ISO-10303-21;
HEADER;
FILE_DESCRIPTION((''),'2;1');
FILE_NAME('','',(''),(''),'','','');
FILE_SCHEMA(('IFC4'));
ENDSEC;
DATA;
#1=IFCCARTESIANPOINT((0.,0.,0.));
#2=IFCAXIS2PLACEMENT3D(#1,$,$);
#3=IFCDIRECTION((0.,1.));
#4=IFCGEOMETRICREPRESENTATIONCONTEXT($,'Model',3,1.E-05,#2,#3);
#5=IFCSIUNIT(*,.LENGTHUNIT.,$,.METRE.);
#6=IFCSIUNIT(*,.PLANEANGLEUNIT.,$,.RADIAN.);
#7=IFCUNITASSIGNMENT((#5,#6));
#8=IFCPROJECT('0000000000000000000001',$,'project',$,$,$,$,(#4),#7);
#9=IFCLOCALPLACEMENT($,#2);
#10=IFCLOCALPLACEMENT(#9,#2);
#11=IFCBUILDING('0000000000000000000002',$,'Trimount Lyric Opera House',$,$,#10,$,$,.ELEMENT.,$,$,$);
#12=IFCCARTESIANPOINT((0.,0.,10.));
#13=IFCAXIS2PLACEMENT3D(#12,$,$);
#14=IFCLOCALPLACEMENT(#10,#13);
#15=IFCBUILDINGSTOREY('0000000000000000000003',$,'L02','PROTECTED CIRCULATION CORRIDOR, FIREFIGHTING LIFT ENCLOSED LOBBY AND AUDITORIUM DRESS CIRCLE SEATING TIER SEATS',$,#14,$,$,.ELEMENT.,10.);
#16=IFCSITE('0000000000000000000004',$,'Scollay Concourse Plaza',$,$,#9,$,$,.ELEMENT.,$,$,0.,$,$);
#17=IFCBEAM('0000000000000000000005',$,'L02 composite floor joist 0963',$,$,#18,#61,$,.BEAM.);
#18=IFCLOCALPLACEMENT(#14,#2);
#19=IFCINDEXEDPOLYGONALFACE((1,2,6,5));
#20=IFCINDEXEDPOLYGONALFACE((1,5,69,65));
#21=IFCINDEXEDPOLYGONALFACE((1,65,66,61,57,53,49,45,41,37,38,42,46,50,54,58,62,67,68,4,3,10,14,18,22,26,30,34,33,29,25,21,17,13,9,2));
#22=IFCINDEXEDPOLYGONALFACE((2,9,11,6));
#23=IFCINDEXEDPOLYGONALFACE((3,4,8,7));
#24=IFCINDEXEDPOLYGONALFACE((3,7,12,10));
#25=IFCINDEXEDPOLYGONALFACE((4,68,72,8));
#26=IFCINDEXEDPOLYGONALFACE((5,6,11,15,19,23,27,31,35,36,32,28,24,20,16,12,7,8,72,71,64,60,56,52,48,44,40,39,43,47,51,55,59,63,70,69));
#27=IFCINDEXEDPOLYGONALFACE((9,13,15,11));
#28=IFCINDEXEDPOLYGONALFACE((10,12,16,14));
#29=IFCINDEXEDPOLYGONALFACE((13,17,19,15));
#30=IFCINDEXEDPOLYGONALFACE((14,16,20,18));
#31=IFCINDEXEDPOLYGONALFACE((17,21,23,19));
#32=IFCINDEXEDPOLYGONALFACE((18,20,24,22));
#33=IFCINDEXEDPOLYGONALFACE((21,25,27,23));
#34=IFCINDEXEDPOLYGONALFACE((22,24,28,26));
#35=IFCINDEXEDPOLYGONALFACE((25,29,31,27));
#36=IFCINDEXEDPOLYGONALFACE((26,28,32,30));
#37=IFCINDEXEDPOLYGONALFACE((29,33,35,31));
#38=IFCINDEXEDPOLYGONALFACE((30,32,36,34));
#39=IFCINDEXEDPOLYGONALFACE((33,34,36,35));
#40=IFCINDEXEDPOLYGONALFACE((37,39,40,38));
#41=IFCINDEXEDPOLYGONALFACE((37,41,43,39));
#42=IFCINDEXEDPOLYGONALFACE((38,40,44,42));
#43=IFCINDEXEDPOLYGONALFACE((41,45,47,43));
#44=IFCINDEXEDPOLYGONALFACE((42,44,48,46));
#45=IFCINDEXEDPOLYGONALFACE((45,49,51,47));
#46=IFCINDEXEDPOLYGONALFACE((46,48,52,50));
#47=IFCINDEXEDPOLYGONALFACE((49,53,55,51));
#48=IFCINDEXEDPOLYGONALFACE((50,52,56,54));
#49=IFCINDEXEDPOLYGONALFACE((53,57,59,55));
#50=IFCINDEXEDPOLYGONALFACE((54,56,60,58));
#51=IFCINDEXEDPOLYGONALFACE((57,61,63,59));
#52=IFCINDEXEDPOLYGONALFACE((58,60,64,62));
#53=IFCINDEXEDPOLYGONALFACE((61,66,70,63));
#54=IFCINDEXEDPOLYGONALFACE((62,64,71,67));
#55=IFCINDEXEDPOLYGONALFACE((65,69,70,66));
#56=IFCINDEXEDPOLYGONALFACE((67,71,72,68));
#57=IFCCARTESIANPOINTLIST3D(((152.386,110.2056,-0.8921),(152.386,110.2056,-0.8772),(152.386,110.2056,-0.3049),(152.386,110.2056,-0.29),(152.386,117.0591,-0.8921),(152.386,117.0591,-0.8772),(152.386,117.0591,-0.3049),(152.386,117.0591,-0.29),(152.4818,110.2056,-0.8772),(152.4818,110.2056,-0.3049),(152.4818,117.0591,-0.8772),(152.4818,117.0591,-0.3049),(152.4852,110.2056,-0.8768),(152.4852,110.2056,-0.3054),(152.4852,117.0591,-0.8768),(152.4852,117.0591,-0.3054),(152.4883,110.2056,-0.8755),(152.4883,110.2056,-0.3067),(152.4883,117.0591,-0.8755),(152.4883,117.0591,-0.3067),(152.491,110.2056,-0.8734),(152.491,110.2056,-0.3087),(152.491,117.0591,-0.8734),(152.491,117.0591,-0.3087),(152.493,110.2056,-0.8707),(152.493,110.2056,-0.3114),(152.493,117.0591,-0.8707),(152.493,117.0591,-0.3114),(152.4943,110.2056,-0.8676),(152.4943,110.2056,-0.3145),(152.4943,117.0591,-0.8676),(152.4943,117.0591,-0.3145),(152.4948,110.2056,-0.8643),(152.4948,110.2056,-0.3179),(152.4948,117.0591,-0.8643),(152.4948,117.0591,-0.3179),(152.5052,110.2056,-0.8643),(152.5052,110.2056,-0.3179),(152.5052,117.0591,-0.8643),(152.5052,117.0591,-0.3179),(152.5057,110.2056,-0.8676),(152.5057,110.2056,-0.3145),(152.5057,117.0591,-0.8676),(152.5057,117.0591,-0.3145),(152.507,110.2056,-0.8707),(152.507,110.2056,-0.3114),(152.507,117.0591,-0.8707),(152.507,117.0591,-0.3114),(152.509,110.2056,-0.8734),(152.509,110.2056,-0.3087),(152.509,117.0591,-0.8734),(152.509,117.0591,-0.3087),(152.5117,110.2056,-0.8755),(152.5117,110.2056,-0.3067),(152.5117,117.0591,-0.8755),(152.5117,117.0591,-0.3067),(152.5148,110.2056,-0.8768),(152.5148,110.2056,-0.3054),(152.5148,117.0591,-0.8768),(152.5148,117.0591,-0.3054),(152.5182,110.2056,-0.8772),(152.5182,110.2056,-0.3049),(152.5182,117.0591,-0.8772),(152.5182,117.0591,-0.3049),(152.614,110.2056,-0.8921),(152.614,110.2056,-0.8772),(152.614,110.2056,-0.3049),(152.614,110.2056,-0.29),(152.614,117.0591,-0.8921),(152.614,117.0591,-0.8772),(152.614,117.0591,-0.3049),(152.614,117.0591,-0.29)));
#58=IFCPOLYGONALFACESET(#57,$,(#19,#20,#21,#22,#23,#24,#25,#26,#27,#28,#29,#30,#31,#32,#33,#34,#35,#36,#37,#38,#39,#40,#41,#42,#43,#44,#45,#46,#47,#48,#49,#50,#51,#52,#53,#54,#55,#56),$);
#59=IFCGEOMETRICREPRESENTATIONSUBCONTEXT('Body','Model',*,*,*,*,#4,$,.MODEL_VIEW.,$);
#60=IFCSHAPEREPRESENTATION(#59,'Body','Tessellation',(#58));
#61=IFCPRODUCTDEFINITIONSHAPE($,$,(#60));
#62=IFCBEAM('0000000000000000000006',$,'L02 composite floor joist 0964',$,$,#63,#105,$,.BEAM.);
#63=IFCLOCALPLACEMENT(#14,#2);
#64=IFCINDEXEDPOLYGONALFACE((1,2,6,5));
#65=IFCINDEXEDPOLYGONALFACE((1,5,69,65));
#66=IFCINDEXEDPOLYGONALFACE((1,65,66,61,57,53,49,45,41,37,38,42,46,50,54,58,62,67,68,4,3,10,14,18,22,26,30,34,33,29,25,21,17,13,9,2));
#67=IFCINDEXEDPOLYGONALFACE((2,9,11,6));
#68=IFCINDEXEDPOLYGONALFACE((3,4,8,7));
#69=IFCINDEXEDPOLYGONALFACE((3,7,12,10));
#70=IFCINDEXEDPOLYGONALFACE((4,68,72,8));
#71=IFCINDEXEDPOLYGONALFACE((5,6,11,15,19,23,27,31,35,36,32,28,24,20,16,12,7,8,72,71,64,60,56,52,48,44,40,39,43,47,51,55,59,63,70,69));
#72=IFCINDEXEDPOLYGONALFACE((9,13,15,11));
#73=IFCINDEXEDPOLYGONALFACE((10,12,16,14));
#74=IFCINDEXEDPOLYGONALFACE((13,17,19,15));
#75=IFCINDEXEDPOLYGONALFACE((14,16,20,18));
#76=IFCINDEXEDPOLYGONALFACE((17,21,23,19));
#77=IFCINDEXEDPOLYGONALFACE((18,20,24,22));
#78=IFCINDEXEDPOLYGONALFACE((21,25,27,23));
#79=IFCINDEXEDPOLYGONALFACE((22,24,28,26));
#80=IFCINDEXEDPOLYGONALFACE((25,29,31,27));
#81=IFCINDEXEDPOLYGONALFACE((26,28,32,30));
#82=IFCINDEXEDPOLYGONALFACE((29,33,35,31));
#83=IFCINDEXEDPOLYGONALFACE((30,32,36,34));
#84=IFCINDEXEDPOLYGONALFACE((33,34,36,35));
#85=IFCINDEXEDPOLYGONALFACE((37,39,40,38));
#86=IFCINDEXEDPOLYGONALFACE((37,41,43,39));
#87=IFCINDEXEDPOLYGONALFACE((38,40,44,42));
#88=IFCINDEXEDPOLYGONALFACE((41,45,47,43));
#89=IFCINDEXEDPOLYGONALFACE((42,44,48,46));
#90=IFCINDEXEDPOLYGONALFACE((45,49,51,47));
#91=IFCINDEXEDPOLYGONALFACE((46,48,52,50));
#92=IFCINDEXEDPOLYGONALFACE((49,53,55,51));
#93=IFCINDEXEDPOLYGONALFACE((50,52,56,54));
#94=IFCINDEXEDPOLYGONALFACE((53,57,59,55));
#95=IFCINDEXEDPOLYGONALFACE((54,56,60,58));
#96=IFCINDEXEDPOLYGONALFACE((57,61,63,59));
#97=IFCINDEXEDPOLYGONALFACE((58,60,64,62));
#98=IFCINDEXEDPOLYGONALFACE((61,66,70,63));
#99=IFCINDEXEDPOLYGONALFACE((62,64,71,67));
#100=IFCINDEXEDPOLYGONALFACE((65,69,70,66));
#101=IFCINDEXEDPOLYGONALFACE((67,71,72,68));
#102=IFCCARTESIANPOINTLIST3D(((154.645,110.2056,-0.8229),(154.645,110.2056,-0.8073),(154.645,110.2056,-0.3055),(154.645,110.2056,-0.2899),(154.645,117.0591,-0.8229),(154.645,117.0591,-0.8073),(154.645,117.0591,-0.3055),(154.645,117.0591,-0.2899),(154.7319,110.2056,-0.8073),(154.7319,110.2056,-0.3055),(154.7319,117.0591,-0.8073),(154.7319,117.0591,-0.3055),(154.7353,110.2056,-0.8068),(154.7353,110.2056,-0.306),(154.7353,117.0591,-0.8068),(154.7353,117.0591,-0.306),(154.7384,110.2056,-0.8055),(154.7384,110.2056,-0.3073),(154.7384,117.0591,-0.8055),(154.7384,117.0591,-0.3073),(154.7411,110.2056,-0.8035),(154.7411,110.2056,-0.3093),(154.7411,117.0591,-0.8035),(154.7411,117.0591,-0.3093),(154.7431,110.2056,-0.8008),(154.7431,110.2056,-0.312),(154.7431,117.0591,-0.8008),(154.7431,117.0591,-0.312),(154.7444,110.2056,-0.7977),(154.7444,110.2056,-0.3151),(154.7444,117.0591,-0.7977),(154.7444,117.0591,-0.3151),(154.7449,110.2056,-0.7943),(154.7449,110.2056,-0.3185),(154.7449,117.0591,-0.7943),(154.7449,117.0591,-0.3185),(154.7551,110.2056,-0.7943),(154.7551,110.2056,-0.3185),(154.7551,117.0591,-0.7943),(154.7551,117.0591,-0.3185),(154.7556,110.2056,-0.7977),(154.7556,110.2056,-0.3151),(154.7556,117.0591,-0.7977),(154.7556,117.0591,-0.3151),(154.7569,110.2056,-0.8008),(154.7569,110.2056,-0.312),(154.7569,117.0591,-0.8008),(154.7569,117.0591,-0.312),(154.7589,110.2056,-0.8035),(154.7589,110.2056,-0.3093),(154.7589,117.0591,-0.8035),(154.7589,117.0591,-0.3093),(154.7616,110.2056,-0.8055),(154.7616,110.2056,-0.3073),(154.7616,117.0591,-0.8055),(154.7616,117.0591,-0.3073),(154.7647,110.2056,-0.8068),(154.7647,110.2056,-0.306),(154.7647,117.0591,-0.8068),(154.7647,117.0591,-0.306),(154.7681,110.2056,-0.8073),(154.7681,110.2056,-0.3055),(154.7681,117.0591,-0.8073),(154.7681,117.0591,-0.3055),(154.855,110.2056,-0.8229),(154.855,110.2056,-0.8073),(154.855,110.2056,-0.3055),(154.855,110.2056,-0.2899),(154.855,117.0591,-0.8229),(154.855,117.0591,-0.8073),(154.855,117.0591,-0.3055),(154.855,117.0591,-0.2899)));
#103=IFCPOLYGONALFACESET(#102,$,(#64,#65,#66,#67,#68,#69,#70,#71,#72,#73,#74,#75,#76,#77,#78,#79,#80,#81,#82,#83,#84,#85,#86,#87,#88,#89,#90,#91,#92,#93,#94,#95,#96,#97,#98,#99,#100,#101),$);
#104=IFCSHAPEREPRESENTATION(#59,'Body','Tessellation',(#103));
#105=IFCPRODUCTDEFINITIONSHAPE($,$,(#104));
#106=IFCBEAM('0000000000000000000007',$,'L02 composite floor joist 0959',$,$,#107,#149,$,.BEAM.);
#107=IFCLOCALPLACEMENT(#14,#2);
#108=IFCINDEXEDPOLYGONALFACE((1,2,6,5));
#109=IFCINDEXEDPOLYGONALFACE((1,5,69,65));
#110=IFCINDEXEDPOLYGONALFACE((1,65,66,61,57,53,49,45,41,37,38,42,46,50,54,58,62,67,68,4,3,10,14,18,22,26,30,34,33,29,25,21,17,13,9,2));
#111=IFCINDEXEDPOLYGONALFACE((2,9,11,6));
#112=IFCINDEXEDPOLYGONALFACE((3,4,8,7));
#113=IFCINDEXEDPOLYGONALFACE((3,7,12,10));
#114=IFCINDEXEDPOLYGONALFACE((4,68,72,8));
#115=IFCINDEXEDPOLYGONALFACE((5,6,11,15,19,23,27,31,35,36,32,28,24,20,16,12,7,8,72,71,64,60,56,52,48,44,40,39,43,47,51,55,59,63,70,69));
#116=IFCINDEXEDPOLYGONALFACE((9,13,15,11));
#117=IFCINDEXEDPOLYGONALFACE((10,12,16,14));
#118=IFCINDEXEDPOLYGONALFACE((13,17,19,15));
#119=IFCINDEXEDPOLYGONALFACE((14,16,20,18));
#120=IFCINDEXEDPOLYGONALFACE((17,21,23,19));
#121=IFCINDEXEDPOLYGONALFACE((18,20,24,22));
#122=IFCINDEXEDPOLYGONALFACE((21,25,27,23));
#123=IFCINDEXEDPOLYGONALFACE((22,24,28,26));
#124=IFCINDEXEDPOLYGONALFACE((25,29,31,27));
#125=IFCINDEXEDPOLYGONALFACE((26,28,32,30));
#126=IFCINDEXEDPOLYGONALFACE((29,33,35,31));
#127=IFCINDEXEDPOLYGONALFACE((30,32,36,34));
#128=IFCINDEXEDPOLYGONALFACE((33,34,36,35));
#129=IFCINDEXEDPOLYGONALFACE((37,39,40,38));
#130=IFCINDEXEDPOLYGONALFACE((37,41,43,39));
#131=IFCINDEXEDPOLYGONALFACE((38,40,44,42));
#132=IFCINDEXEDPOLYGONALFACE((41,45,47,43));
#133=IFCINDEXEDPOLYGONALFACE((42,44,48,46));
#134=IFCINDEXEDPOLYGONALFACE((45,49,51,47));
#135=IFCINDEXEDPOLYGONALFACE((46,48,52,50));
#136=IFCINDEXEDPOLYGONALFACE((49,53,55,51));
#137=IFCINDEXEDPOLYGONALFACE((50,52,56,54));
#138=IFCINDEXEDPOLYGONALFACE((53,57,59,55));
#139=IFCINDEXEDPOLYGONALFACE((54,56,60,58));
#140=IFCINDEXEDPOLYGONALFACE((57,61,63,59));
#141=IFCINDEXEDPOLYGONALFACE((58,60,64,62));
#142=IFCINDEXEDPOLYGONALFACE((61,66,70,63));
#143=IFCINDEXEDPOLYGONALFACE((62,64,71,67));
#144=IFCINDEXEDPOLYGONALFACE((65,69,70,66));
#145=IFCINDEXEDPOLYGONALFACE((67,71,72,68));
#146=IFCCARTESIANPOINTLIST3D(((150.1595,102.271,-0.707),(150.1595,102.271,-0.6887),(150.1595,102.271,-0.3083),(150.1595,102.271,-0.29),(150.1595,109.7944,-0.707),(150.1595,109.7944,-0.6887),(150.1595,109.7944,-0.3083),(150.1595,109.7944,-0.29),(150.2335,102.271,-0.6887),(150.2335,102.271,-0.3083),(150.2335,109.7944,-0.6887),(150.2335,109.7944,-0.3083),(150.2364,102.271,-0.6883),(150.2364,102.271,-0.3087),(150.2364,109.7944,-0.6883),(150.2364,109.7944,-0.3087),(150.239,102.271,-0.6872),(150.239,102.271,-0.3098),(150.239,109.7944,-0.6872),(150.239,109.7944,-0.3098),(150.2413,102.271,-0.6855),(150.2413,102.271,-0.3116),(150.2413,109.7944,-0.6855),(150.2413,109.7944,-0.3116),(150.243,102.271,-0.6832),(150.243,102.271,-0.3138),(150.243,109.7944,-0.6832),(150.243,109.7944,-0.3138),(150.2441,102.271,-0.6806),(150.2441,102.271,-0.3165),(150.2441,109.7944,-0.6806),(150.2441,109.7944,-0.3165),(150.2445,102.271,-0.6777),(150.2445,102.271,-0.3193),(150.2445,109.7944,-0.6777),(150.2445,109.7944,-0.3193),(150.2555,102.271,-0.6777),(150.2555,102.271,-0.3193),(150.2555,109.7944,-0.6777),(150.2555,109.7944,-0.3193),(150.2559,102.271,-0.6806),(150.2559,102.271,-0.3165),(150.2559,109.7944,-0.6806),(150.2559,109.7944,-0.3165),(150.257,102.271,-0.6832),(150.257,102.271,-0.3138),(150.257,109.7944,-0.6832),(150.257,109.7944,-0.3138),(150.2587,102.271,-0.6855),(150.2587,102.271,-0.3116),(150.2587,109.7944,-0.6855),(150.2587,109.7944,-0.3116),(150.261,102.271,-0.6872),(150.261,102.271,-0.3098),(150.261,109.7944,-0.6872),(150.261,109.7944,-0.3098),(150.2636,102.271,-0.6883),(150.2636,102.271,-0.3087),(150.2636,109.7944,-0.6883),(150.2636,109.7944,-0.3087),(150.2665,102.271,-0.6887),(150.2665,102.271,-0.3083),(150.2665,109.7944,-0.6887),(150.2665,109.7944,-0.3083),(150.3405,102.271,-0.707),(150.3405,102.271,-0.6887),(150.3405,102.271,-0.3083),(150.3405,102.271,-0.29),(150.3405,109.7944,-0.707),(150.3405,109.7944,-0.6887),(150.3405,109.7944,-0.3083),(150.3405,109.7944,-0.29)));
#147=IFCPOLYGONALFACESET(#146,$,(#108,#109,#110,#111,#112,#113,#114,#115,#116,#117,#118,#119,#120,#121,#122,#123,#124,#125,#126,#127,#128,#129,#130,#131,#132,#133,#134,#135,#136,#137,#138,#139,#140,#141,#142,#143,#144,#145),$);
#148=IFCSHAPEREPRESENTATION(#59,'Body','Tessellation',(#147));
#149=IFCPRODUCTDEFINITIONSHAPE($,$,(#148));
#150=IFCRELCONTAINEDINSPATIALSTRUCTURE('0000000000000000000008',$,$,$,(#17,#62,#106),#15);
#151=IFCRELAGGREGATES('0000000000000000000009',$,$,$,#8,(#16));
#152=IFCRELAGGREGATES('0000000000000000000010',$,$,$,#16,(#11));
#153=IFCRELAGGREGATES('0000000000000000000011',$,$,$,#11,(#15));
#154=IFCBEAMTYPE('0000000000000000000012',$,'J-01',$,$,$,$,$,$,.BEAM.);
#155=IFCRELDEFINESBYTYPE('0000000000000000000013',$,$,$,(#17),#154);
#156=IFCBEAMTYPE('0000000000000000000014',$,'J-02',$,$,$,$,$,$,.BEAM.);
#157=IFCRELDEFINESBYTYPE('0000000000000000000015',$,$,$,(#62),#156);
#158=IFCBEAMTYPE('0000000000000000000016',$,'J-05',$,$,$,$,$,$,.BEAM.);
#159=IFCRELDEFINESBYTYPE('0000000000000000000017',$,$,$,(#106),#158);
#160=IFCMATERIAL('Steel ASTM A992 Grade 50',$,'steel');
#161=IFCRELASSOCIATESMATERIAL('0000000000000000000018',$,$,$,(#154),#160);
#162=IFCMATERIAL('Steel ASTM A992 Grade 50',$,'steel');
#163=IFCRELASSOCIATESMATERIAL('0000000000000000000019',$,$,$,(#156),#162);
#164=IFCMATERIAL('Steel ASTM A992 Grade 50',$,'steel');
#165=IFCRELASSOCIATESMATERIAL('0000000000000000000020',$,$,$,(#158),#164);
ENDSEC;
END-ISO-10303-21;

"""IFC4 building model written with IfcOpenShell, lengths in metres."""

from ifc_helpers import new_model, si_unit, direction, frame, origin, origin_2d, place, context, subcontext, project, spatial, i_section, extrude, material, material_profile, profile_set, type_object, element, save


model = new_model("IFC4")

# Units and contexts
model_context = context("Model", 3, precision=1e-05, world=origin(), true_north=direction((0.0, 1.0)))
body_context = subcontext(model_context, "Body", "Model", "MODEL_VIEW")
ifc_project = project(units=[si_unit("LENGTHUNIT", "METRE"), si_unit("PLANEANGLEUNIT", "RADIAN")], contexts=[model_context])

# Site, building, storey
site_placement = place(None, origin())
site = spatial("IfcSite", under=ifc_project, at=site_placement, Name="Scollay Concourse Plaza", CompositionType="ELEMENT", RefElevation=0.0)
building_placement = place(site_placement, origin())
building = spatial("IfcBuilding", under=site, at=building_placement, Name="Trimount Lyric Opera House", CompositionType="ELEMENT")
storey_placement = place(building_placement, frame((0.0, 0.0, 10.0)))
storey = spatial("IfcBuildingStorey", under=building, at=storey_placement, Name="L02", Description="PROTECTED CIRCULATION CORRIDOR, FIREFIGHTING LIFT ENCLOSED LOBBY AND AUDITORIUM DRESS CIRCLE SEATING TIER SEATS", CompositionType="ELEMENT", Elevation=10.0)

# Beams
ifc_material_1 = material(Name="Steel ASTM A992 Grade 50", Category="steel")
ifc_material_profile_1 = material_profile(ifc_material_1, i_section(OverallWidth=0.228, OverallDepth=0.6021, WebThickness=0.0105, FlangeThickness=0.0149, FilletRadius=0.0129, at=origin_2d()), Name="W24X68")
ifc_profile_set_1 = profile_set([ifc_material_profile_1], Name="Steel ASTM A992 Grade 50")
beam_type_1 = type_object("IfcBeamType", Name="J-01", PredefinedType="BEAM", material=ifc_profile_set_1)
beam_1_placement = place(storey_placement, frame((152.5, 110.2056, -0.5911), z_axis=(0.0, 1.0, 0.0), x_axis=(-1.0, 0.0, 0.0)))
element("IfcBeam", 1, at=beam_1_placement, inside=storey, type_object=beam_type_1, Name="L02 composite floor joist 0963", PredefinedType="BEAM", context=body_context, shape_type="SweptSolid", body=[
    extrude(i_section(OverallWidth=0.228, OverallDepth=0.6021, WebThickness=0.0105, FlangeThickness=0.0149, FilletRadius=0.0129, at=origin_2d()), origin(), (0.0, 0.0, 1.0), 6.8535),
])
ifc_material_2 = material(Name="Steel ASTM A992 Grade 50", Category="steel")
ifc_material_profile_2 = material_profile(ifc_material_2, i_section(OverallWidth=0.21, OverallDepth=0.533, WebThickness=0.0103, FlangeThickness=0.0156, FilletRadius=0.0129, at=origin_2d()), Name="W21X62")
ifc_profile_set_2 = profile_set([ifc_material_profile_2], Name="Steel ASTM A992 Grade 50")
beam_type_2 = type_object("IfcBeamType", Name="J-02", PredefinedType="BEAM", material=ifc_profile_set_2)
beam_2_placement = place(storey_placement, frame((154.75, 110.2056, -0.5564), z_axis=(0.0, 1.0, 0.0), x_axis=(-1.0, 0.0, 0.0)))
element("IfcBeam", 2, at=beam_2_placement, inside=storey, type_object=beam_type_2, Name="L02 composite floor joist 0964", PredefinedType="BEAM", context=body_context, shape_type="SweptSolid", body=[
    extrude(i_section(OverallWidth=0.21, OverallDepth=0.533, WebThickness=0.0103, FlangeThickness=0.0156, FilletRadius=0.0129, at=origin_2d()), origin(), (0.0, 0.0, 1.0), 6.8535),
])
ifc_material_3 = material(Name="Steel ASTM A992 Grade 50", Category="steel")
ifc_material_profile_3 = material_profile(ifc_material_3, i_section(OverallWidth=0.1809, OverallDepth=0.417, WebThickness=0.011, FlangeThickness=0.0183, FilletRadius=0.011, at=origin_2d()), Name="W16X57")
ifc_profile_set_3 = profile_set([ifc_material_profile_3], Name="Steel ASTM A992 Grade 50")
beam_type_3 = type_object("IfcBeamType", Name="J-05", PredefinedType="BEAM", material=ifc_profile_set_3)
beam_3_placement = place(storey_placement, frame((150.25, 102.271, -0.4985), z_axis=(0.0, 1.0, 0.0), x_axis=(-1.0, 0.0, 0.0)))
element("IfcBeam", 3, at=beam_3_placement, inside=storey, type_object=beam_type_3, Name="L02 composite floor joist 0959", PredefinedType="BEAM", context=body_context, shape_type="SweptSolid", body=[
    extrude(i_section(OverallWidth=0.1809, OverallDepth=0.417, WebThickness=0.011, FlangeThickness=0.0183, FilletRadius=0.011, at=origin_2d()), origin(), (0.0, 0.0, 1.0), 7.5234),
])

save(model, "model.ifc")
